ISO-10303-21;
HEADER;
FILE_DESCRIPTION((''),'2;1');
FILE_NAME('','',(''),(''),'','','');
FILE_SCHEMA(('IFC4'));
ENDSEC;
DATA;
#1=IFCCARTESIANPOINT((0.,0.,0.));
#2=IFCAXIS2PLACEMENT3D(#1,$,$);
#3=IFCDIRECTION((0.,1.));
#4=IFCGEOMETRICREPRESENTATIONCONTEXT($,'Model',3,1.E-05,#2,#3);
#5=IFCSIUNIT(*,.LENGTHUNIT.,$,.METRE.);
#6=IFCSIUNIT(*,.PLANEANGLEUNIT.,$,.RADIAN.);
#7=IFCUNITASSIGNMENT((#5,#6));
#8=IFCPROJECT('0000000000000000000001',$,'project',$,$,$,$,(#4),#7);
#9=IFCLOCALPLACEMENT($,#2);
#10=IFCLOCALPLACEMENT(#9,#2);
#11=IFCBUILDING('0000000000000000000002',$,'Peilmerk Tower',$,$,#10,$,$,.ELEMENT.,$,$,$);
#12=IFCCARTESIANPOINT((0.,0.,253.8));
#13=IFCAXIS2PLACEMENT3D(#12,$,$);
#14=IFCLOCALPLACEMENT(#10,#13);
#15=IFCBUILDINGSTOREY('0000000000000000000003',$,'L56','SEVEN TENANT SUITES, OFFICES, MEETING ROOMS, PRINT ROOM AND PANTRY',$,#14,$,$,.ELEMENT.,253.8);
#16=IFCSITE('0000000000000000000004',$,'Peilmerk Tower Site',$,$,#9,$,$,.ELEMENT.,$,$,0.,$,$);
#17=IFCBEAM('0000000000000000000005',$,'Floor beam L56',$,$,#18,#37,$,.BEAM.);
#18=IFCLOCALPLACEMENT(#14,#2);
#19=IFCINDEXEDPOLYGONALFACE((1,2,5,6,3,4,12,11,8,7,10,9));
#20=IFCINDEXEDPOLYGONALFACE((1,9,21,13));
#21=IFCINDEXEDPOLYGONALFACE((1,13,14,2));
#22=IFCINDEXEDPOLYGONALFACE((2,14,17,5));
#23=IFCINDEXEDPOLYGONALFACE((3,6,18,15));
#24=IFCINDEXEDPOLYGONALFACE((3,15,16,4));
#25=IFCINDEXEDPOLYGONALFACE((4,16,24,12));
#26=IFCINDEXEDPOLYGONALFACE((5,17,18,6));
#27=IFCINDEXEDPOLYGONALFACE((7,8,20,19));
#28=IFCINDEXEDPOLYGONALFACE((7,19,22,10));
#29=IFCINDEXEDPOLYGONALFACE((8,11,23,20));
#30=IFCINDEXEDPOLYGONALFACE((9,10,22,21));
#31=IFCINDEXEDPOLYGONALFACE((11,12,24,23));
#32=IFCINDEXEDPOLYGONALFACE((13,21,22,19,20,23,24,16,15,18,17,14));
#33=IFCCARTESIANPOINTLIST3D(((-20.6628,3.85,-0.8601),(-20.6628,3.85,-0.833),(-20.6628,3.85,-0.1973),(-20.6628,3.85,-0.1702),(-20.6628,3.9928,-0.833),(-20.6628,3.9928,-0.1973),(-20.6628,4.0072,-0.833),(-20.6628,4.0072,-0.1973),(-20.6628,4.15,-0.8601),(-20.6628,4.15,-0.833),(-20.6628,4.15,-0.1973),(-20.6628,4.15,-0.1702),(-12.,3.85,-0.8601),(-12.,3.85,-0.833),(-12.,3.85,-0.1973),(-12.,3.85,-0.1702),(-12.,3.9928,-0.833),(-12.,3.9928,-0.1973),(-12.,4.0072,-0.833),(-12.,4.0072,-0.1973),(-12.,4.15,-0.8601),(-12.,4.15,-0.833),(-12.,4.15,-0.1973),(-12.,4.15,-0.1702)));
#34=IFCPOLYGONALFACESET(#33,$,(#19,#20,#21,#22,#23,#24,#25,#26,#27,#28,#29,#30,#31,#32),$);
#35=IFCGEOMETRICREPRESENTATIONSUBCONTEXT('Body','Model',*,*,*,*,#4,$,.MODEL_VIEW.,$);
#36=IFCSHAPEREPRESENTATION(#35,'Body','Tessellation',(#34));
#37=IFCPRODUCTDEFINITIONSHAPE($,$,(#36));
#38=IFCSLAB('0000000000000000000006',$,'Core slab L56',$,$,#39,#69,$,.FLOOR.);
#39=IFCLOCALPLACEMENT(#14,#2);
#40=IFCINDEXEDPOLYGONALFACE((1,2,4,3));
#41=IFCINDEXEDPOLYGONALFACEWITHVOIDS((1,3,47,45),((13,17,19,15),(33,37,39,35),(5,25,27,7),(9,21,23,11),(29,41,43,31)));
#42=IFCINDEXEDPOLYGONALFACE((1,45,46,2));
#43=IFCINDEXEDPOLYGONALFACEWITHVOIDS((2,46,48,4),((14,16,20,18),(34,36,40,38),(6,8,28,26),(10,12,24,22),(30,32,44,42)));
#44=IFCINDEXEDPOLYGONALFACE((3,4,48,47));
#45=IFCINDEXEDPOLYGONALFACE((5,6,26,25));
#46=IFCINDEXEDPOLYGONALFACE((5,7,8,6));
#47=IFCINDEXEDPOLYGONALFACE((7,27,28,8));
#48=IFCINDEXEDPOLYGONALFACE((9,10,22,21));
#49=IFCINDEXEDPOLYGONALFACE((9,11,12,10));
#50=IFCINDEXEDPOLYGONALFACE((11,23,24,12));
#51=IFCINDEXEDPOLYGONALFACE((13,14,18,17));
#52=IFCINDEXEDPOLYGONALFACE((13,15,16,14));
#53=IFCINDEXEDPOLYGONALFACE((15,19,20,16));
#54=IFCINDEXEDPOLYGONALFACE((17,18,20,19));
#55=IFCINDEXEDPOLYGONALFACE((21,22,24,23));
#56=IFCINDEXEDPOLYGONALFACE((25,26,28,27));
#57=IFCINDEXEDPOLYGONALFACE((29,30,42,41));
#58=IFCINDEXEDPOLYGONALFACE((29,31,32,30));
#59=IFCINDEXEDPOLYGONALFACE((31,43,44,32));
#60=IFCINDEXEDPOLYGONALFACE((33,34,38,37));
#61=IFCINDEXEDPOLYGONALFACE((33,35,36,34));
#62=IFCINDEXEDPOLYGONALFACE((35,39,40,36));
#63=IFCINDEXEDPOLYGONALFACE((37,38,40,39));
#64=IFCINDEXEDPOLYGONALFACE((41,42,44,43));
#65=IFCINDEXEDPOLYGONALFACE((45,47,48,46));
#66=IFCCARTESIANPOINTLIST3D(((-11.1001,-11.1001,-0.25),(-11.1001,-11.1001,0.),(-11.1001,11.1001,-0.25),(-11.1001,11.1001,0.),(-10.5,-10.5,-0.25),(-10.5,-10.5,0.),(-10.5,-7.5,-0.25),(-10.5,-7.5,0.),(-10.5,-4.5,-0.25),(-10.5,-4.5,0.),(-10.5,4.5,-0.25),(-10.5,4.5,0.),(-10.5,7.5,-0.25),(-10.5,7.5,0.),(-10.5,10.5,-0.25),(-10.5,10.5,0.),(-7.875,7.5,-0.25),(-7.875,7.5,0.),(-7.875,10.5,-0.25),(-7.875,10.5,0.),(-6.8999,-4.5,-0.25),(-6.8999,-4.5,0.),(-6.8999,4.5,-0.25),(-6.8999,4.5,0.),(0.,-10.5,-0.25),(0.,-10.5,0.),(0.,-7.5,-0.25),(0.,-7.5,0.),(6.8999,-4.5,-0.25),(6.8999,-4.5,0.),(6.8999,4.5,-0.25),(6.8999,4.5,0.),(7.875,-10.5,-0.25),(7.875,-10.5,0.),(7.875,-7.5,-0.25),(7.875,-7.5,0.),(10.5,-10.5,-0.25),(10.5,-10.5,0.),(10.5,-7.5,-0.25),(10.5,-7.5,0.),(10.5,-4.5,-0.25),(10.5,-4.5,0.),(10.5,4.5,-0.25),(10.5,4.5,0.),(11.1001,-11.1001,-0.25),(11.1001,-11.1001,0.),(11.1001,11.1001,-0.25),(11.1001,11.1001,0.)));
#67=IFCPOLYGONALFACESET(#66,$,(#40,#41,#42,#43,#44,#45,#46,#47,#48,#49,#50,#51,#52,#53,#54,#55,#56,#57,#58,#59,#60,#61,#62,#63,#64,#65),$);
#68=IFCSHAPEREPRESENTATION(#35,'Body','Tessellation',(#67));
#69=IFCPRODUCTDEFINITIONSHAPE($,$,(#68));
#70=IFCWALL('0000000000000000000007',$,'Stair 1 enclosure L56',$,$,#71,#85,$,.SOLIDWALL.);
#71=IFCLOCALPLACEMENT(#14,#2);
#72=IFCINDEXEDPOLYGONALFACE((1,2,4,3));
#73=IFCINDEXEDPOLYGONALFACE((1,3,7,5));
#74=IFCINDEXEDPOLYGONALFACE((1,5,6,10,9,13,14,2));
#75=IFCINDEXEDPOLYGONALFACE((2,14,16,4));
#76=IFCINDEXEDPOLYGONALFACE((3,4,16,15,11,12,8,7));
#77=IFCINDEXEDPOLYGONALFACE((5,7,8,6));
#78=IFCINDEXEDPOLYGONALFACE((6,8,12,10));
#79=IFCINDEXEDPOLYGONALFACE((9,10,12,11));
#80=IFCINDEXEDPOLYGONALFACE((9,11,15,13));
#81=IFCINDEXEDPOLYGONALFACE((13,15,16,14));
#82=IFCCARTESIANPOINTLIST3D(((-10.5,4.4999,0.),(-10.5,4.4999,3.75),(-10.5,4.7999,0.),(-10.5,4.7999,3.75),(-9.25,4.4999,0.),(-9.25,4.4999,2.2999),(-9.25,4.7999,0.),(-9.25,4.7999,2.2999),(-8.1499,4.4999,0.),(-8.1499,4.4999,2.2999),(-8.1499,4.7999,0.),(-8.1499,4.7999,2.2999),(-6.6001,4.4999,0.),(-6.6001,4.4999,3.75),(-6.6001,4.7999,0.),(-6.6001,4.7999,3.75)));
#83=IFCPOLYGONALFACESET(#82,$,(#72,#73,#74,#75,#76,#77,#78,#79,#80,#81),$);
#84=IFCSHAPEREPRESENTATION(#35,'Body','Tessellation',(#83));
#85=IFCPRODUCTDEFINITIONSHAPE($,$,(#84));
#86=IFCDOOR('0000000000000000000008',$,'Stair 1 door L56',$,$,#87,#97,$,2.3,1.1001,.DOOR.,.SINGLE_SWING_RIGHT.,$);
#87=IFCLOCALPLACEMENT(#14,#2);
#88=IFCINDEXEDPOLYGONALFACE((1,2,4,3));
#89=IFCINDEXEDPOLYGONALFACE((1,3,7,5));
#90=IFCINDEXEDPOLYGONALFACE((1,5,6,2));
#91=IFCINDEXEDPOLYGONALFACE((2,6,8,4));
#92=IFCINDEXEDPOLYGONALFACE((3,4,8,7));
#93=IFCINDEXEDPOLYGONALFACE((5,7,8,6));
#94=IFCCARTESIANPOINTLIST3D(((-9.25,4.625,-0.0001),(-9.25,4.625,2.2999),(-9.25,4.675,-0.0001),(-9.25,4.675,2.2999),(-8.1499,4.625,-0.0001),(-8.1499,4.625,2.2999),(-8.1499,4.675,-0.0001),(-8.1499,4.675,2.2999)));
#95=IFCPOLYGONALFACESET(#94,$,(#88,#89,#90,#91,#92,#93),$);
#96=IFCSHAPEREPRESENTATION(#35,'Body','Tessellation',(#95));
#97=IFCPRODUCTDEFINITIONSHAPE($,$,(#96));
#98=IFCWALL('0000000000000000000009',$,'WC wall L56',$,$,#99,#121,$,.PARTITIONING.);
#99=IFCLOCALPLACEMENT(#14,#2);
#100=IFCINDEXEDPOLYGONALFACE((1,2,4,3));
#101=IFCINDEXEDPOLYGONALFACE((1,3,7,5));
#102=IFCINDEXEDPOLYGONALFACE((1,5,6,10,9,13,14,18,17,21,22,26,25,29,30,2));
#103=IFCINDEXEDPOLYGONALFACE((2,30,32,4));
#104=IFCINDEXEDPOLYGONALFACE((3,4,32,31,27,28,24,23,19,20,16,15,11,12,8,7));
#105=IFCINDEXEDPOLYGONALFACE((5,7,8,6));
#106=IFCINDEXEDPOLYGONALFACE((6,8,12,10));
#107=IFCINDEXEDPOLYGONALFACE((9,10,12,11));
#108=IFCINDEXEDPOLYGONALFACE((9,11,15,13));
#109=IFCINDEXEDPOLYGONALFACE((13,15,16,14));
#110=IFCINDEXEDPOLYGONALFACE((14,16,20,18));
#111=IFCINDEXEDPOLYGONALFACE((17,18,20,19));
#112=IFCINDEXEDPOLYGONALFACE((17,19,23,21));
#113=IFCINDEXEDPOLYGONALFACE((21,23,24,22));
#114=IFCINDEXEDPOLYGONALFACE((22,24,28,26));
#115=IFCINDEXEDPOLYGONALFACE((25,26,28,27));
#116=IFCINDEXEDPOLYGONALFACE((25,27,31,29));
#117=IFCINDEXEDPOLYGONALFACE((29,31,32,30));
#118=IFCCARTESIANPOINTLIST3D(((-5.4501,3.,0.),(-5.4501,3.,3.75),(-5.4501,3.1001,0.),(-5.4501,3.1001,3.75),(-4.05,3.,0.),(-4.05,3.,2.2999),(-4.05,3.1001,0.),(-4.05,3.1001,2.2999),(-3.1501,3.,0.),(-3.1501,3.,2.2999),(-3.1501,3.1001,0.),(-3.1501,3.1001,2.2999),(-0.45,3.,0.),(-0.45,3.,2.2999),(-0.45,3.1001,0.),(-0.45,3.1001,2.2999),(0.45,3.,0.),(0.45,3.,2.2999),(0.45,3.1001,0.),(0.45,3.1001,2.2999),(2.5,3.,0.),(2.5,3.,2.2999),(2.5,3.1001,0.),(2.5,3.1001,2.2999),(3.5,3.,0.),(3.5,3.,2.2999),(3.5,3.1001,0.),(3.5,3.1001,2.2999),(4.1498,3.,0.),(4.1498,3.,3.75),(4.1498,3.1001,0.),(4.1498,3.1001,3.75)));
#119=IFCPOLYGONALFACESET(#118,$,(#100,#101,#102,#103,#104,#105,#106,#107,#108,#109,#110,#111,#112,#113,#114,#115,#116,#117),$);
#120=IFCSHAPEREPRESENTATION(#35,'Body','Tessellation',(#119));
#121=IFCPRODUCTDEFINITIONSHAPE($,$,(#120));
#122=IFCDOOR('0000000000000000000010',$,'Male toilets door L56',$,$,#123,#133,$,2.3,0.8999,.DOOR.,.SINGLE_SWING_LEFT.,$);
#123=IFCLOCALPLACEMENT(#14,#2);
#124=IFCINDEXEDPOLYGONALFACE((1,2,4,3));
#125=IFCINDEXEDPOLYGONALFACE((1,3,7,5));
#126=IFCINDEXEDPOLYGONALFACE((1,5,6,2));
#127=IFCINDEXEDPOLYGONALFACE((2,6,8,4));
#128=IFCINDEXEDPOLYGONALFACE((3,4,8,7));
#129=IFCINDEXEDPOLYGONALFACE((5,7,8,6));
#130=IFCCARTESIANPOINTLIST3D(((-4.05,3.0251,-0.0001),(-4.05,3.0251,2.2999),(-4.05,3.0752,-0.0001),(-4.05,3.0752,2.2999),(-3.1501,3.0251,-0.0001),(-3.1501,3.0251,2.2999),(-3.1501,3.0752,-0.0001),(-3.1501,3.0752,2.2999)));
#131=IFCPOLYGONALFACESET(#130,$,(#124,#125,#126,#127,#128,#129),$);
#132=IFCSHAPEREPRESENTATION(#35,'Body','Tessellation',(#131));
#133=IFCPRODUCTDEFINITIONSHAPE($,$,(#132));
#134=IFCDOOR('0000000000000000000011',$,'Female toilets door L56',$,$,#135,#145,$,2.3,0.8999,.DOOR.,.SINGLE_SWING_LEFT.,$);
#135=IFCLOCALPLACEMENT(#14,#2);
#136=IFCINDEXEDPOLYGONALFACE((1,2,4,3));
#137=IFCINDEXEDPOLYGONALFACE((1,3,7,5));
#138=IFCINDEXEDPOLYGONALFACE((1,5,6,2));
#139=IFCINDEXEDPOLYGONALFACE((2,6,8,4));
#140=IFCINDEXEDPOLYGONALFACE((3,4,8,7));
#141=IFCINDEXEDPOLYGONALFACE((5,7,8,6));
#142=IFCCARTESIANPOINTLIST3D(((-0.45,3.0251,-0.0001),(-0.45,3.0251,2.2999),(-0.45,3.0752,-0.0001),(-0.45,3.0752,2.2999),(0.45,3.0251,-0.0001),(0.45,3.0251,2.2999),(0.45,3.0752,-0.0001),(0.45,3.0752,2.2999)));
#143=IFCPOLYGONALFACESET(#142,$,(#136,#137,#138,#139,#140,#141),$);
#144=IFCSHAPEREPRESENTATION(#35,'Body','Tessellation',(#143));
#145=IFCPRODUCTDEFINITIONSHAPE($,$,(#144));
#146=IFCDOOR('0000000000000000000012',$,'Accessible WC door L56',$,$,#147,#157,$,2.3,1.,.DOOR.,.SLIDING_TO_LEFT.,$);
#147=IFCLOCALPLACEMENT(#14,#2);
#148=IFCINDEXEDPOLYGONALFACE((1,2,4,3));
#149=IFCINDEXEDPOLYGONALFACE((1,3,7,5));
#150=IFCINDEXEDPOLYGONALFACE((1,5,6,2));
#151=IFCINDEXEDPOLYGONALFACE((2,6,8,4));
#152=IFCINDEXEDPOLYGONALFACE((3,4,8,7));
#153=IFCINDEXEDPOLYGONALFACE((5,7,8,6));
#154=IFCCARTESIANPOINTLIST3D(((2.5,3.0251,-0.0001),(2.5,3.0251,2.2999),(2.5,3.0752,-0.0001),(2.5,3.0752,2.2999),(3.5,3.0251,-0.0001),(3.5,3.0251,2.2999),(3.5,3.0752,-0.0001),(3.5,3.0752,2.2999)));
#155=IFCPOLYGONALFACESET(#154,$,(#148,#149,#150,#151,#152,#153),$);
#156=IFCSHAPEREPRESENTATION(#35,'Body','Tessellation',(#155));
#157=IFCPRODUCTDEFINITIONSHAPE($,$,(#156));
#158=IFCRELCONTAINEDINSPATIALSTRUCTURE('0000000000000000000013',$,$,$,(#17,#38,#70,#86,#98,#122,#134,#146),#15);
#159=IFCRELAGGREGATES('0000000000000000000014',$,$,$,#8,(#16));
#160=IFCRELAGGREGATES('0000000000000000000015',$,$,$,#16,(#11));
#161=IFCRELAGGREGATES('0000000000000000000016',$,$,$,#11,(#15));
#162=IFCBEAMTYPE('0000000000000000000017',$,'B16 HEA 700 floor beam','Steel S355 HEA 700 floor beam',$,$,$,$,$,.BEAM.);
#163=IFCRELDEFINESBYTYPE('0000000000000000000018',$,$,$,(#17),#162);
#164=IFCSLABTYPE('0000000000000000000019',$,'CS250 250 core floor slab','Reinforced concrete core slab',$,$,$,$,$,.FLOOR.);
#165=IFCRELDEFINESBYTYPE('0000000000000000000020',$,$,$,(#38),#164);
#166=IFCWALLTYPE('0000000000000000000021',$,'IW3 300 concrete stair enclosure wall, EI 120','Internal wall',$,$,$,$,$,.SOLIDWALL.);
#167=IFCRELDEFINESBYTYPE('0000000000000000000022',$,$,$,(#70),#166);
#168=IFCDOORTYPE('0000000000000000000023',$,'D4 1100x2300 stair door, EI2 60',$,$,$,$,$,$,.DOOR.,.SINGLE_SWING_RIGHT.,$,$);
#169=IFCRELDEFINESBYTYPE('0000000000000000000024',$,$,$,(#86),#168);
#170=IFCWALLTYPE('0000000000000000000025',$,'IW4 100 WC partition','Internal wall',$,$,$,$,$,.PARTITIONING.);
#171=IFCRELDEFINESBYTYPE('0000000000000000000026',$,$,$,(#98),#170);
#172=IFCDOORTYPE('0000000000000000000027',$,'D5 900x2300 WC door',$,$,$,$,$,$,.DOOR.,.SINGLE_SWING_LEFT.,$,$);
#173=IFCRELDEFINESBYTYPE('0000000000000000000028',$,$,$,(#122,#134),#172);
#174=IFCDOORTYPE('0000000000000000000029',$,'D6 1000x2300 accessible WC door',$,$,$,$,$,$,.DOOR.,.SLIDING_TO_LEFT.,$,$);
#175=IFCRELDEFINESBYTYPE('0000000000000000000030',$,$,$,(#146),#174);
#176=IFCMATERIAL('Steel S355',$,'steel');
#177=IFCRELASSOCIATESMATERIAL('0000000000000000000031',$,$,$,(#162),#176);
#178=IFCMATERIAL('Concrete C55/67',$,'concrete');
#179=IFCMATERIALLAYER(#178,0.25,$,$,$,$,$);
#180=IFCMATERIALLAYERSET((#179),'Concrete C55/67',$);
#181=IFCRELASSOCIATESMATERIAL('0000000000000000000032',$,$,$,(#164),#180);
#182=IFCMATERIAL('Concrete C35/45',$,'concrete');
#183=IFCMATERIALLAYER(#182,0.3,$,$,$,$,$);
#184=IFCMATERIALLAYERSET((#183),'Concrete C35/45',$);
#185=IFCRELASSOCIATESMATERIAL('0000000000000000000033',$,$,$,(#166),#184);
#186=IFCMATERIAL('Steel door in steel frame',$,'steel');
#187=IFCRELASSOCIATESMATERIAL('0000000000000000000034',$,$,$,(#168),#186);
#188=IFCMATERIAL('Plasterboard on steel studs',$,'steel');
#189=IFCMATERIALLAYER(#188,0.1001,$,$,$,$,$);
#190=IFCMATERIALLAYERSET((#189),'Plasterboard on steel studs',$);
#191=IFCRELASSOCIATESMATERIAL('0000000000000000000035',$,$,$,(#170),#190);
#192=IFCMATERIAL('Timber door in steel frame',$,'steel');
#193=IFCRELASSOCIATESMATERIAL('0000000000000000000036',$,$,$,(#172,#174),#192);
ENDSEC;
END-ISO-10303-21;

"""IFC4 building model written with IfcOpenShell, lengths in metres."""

from ifc_helpers import new_model, si_unit, direction, frame, frame_2d, origin, origin_2d, place, context, subcontext, project, spatial, polyline, rectangle, i_section, outline, extrude, material, layer, layer_set, material_profile, profile_set, type_object, element, fill, save


model = new_model("IFC4")

# Units and contexts
model_context = context("Model", 3, precision=1e-05, world=origin(), true_north=direction((0.0, 1.0)))
body_context = subcontext(model_context, "Body", "Model", "MODEL_VIEW")
ifc_project = project(units=[si_unit("LENGTHUNIT", "METRE"), si_unit("PLANEANGLEUNIT", "RADIAN")], contexts=[model_context])

# Site, building, storey
site_placement = place(None, origin())
site = spatial("IfcSite", under=ifc_project, at=site_placement, Name="Peilmerk Tower Site", CompositionType="ELEMENT", RefElevation=0.0)
building_placement = place(site_placement, origin())
building = spatial("IfcBuilding", under=site, at=building_placement, Name="Peilmerk Tower", CompositionType="ELEMENT")
storey_placement = place(building_placement, frame((0.0, 0.0, 253.8)))
storey = spatial("IfcBuildingStorey", under=building, at=storey_placement, Name="L56", Description="SEVEN TENANT SUITES, OFFICES, MEETING ROOMS, PRINT ROOM AND PANTRY", CompositionType="ELEMENT", Elevation=253.8)

# Beam
ifc_material_1 = material(Name="Steel S355", Category="steel")
ifc_material_profile = material_profile(ifc_material_1, i_section(OverallWidth=0.3, OverallDepth=0.6899, WebThickness=0.0144, FlangeThickness=0.0271, at=origin_2d()), Name="HEA 700")
ifc_profile_set = profile_set([ifc_material_profile], Name="Steel S355")
beam_type = type_object("IfcBeamType", Name="B16 HEA 700 floor beam", Description="Steel S355 HEA 700 floor beam", PredefinedType="BEAM", material=ifc_profile_set)
beam_placement = place(storey_placement, frame((-12.0, 4.0, -0.5151), z_axis=(-1.0, 0.0, 0.0), x_axis=(0.0, -1.0, 0.0)))
element("IfcBeam", 1, at=beam_placement, inside=storey, type_object=beam_type, Name="Floor beam L56", PredefinedType="BEAM", context=body_context, shape_type="SweptSolid", body=[
    extrude(i_section(OverallWidth=0.3, OverallDepth=0.6899, WebThickness=0.0144, FlangeThickness=0.0271, at=origin_2d()), origin(), (0.0, 0.0, 1.0), 8.6628),
])

# Slab
ifc_material_2 = material(Name="Concrete C55/67", Category="concrete")
ifc_layer_1 = layer(ifc_material_2, 0.25)
ifc_layer_set_1 = layer_set([ifc_layer_1], Name="Concrete C55/67")
slab_type = type_object("IfcSlabType", Name="CS250 250 core floor slab", Description="Reinforced concrete core slab", PredefinedType="FLOOR", material=ifc_layer_set_1)
slab_placement = place(storey_placement, frame((0.0, 0.0, -0.25)))
element("IfcSlab", 2, at=slab_placement, inside=storey, type_object=slab_type, Name="Core slab L56", PredefinedType="FLOOR", context=body_context, shape_type="SweptSolid", body=[
    extrude(outline(polyline([(11.1001, -11.1001), (11.1001, 11.1001), (-11.1001, 11.1001), (-11.1001, -11.1001), (11.1001, -11.1001)]), holes=[polyline([(-7.875, 7.5), (-10.5, 7.5), (-10.5, 10.5), (-7.875, 10.5), (-7.875, 7.5)]), polyline([(0.0, -10.5), (-10.5, -10.5), (-10.5, -7.5), (0.0, -7.5), (0.0, -10.5)]), polyline([(7.875, -10.5), (7.875, -7.5), (10.5, -7.5), (10.5, -10.5), (7.875, -10.5)]), polyline([(-10.5, 4.5), (-6.8999, 4.5), (-6.8999, -4.5), (-10.5, -4.5), (-10.5, 4.5)]), polyline([(10.5, 4.5), (10.5, -4.5), (6.8999, -4.5), (6.8999, 4.5), (10.5, 4.5)])]), origin(), (0.0, 0.0, 1.0), 0.25),
])

# Wall, opening, door
ifc_material_3 = material(Name="Concrete C35/45", Category="concrete")
ifc_layer_2 = layer(ifc_material_3, 0.3)
ifc_layer_set_2 = layer_set([ifc_layer_2], Name="Concrete C35/45")
wall_type_1 = type_object("IfcWallType", Name="IW3 300 concrete stair enclosure wall, EI 120", Description="Internal wall", PredefinedType="SOLIDWALL", material=ifc_layer_set_2)
wall_1_placement = place(storey_placement, frame((-10.5, 4.6499, 0.0), z_axis=(0.0, 0.0, 1.0), x_axis=(1.0, 0.0, 0.0)))
wall_1 = element("IfcWall", 3, at=wall_1_placement, inside=storey, type_object=wall_type_1, Name="Stair 1 enclosure L56", PredefinedType="SOLIDWALL", context=body_context, shape_type="SweptSolid", body=[
    extrude(rectangle(XDim=3.8999, YDim=0.3, at=frame_2d((1.95, 0.0))), origin(), (0.0, 0.0, 1.0), 3.75),
])
opening_1_placement = place(wall_1_placement, frame((1.25, 0.0, 0.0)))
opening_1 = element("IfcOpeningElement", 4, at=opening_1_placement, cuts=wall_1, PredefinedType="OPENING", context=body_context, shape_type="SweptSolid", body=[
    extrude(rectangle(XDim=1.1001, YDim=2.3, at=frame_2d((0.55, 1.1499))), frame((0.0, 0.1599, 0.0), z_axis=(0.0, -1.0, 0.0), x_axis=(1.0, 0.0, 0.0)), (0.0, 0.0, 1.0), 0.3201),
])
ifc_material_4 = material(Name="Steel door in steel frame", Category="steel")
door_type_1 = type_object("IfcDoorType", Name="D4 1100x2300 stair door, EI2 60", OperationType="SINGLE_SWING_RIGHT", PredefinedType="DOOR", material=ifc_material_4)
door_1_placement = place(opening_1_placement, frame((1.1001, 0.0, 0.0), z_axis=(0.0, 0.0, 1.0), x_axis=(-1.0, 0.0, 0.0)))
door_1 = element("IfcDoor", 5, at=door_1_placement, inside=storey, type_object=door_type_1, Name="Stair 1 door L56", OperationType="SINGLE_SWING_RIGHT", OverallHeight=2.3, OverallWidth=1.1001, PredefinedType="DOOR", context=body_context, shape_type="SweptSolid", body=[
    extrude(rectangle(XDim=1.1001, YDim=2.3, at=frame_2d((0.55, 1.1499))), frame((0.0, 0.0249, 0.0), z_axis=(0.0, -1.0, 0.0), x_axis=(1.0, 0.0, 0.0)), (0.0, 0.0, 1.0), 0.05),
])
fill(opening_1, door_1)

# Wall, openings, doors
ifc_material_5 = material(Name="Plasterboard on steel studs", Category="steel")
ifc_layer_3 = layer(ifc_material_5, 0.1001)
ifc_layer_set_3 = layer_set([ifc_layer_3], Name="Plasterboard on steel studs")
wall_type_2 = type_object("IfcWallType", Name="IW4 100 WC partition", Description="Internal wall", PredefinedType="PARTITIONING", material=ifc_layer_set_3)
wall_2_placement = place(storey_placement, frame((-5.45, 3.05, 0.0), z_axis=(0.0, 0.0, 1.0), x_axis=(1.0, 0.0, 0.0)))
wall_2 = element("IfcWall", 6, at=wall_2_placement, inside=storey, type_object=wall_type_2, Name="WC wall L56", PredefinedType="PARTITIONING", context=body_context, shape_type="SweptSolid", body=[
    extrude(rectangle(XDim=9.5999, YDim=0.1001, at=frame_2d((4.7998, 0.0))), origin(), (0.0, 0.0, 1.0), 3.75),
])
opening_2_placement = place(wall_2_placement, frame((1.3999, 0.0, 0.0)))
opening_2 = element("IfcOpeningElement", 7, at=opening_2_placement, cuts=wall_2, PredefinedType="OPENING", context=body_context, shape_type="SweptSolid", body=[
    extrude(rectangle(XDim=0.8999, YDim=2.3, at=frame_2d((0.45, 1.1499))), frame((0.0, 0.0601, 0.0), z_axis=(0.0, -1.0, 0.0), x_axis=(1.0, 0.0, 0.0)), (0.0, 0.0, 1.0), 0.1201),
])
opening_3_placement = place(wall_2_placement, frame((5.0, 0.0, 0.0)))
opening_3 = element("IfcOpeningElement", 8, at=opening_3_placement, cuts=wall_2, PredefinedType="OPENING", context=body_context, shape_type="SweptSolid", body=[
    extrude(rectangle(XDim=0.8999, YDim=2.3, at=frame_2d((0.45, 1.1499))), frame((0.0, 0.0601, 0.0), z_axis=(0.0, -1.0, 0.0), x_axis=(1.0, 0.0, 0.0)), (0.0, 0.0, 1.0), 0.1201),
])
opening_4_placement = place(wall_2_placement, frame((7.95, 0.0, 0.0)))
opening_4 = element("IfcOpeningElement", 9, at=opening_4_placement, cuts=wall_2, PredefinedType="OPENING", context=body_context, shape_type="SweptSolid", body=[
    extrude(rectangle(XDim=1.0, YDim=2.3, at=frame_2d((0.5, 1.1499))), frame((0.0, 0.0601, 0.0), z_axis=(0.0, -1.0, 0.0), x_axis=(1.0, 0.0, 0.0)), (0.0, 0.0, 1.0), 0.1201),
])
ifc_material_6 = material(Name="Timber door in steel frame", Category="steel")
door_type_2 = type_object("IfcDoorType", Name="D5 900x2300 WC door", OperationType="SINGLE_SWING_LEFT", PredefinedType="DOOR", material=ifc_material_6)
door_2_placement = place(opening_2_placement, frame((0.8999, 0.0, 0.0), z_axis=(0.0, 0.0, 1.0), x_axis=(-1.0, 0.0, 0.0)))
door_2 = element("IfcDoor", 10, at=door_2_placement, inside=storey, type_object=door_type_2, Name="Male toilets door L56", OperationType="SINGLE_SWING_LEFT", OverallHeight=2.3, OverallWidth=0.8999, PredefinedType="DOOR", context=body_context, shape_type="SweptSolid", body=[
    extrude(rectangle(XDim=0.8999, YDim=2.3, at=frame_2d((0.45, 1.1499))), frame((0.0, 0.0249, 0.0), z_axis=(0.0, -1.0, 0.0), x_axis=(1.0, 0.0, 0.0)), (0.0, 0.0, 1.0), 0.05),
])
fill(opening_2, door_2)
door_3_placement = place(opening_3_placement, frame((0.8999, 0.0, 0.0), z_axis=(0.0, 0.0, 1.0), x_axis=(-1.0, 0.0, 0.0)))
door_3 = element("IfcDoor", 11, at=door_3_placement, inside=storey, type_object=door_type_2, Name="Female toilets door L56", OperationType="SINGLE_SWING_LEFT", OverallHeight=2.3, OverallWidth=0.8999, PredefinedType="DOOR", context=body_context, shape_type="SweptSolid", body=[
    extrude(rectangle(XDim=0.8999, YDim=2.3, at=frame_2d((0.45, 1.1499))), frame((0.0, 0.0249, 0.0), z_axis=(0.0, -1.0, 0.0), x_axis=(1.0, 0.0, 0.0)), (0.0, 0.0, 1.0), 0.05),
])
fill(opening_3, door_3)
door_type_3 = type_object("IfcDoorType", Name="D6 1000x2300 accessible WC door", OperationType="SLIDING_TO_LEFT", PredefinedType="DOOR", material=ifc_material_6)
door_4_placement = place(opening_4_placement, frame((1.0, 0.0, 0.0), z_axis=(0.0, 0.0, 1.0), x_axis=(-1.0, 0.0, 0.0)))
door_4 = element("IfcDoor", 12, at=door_4_placement, inside=storey, type_object=door_type_3, Name="Accessible WC door L56", OperationType="SLIDING_TO_LEFT", OverallHeight=2.3, OverallWidth=1.0, PredefinedType="DOOR", context=body_context, shape_type="SweptSolid", body=[
    extrude(rectangle(XDim=1.0, YDim=2.3, at=frame_2d((0.5, 1.1499))), frame((0.0, 0.0249, 0.0), z_axis=(0.0, -1.0, 0.0), x_axis=(1.0, 0.0, 0.0)), (0.0, 0.0, 1.0), 0.05),
])
fill(opening_4, door_4)

save(model, "model.ifc")
